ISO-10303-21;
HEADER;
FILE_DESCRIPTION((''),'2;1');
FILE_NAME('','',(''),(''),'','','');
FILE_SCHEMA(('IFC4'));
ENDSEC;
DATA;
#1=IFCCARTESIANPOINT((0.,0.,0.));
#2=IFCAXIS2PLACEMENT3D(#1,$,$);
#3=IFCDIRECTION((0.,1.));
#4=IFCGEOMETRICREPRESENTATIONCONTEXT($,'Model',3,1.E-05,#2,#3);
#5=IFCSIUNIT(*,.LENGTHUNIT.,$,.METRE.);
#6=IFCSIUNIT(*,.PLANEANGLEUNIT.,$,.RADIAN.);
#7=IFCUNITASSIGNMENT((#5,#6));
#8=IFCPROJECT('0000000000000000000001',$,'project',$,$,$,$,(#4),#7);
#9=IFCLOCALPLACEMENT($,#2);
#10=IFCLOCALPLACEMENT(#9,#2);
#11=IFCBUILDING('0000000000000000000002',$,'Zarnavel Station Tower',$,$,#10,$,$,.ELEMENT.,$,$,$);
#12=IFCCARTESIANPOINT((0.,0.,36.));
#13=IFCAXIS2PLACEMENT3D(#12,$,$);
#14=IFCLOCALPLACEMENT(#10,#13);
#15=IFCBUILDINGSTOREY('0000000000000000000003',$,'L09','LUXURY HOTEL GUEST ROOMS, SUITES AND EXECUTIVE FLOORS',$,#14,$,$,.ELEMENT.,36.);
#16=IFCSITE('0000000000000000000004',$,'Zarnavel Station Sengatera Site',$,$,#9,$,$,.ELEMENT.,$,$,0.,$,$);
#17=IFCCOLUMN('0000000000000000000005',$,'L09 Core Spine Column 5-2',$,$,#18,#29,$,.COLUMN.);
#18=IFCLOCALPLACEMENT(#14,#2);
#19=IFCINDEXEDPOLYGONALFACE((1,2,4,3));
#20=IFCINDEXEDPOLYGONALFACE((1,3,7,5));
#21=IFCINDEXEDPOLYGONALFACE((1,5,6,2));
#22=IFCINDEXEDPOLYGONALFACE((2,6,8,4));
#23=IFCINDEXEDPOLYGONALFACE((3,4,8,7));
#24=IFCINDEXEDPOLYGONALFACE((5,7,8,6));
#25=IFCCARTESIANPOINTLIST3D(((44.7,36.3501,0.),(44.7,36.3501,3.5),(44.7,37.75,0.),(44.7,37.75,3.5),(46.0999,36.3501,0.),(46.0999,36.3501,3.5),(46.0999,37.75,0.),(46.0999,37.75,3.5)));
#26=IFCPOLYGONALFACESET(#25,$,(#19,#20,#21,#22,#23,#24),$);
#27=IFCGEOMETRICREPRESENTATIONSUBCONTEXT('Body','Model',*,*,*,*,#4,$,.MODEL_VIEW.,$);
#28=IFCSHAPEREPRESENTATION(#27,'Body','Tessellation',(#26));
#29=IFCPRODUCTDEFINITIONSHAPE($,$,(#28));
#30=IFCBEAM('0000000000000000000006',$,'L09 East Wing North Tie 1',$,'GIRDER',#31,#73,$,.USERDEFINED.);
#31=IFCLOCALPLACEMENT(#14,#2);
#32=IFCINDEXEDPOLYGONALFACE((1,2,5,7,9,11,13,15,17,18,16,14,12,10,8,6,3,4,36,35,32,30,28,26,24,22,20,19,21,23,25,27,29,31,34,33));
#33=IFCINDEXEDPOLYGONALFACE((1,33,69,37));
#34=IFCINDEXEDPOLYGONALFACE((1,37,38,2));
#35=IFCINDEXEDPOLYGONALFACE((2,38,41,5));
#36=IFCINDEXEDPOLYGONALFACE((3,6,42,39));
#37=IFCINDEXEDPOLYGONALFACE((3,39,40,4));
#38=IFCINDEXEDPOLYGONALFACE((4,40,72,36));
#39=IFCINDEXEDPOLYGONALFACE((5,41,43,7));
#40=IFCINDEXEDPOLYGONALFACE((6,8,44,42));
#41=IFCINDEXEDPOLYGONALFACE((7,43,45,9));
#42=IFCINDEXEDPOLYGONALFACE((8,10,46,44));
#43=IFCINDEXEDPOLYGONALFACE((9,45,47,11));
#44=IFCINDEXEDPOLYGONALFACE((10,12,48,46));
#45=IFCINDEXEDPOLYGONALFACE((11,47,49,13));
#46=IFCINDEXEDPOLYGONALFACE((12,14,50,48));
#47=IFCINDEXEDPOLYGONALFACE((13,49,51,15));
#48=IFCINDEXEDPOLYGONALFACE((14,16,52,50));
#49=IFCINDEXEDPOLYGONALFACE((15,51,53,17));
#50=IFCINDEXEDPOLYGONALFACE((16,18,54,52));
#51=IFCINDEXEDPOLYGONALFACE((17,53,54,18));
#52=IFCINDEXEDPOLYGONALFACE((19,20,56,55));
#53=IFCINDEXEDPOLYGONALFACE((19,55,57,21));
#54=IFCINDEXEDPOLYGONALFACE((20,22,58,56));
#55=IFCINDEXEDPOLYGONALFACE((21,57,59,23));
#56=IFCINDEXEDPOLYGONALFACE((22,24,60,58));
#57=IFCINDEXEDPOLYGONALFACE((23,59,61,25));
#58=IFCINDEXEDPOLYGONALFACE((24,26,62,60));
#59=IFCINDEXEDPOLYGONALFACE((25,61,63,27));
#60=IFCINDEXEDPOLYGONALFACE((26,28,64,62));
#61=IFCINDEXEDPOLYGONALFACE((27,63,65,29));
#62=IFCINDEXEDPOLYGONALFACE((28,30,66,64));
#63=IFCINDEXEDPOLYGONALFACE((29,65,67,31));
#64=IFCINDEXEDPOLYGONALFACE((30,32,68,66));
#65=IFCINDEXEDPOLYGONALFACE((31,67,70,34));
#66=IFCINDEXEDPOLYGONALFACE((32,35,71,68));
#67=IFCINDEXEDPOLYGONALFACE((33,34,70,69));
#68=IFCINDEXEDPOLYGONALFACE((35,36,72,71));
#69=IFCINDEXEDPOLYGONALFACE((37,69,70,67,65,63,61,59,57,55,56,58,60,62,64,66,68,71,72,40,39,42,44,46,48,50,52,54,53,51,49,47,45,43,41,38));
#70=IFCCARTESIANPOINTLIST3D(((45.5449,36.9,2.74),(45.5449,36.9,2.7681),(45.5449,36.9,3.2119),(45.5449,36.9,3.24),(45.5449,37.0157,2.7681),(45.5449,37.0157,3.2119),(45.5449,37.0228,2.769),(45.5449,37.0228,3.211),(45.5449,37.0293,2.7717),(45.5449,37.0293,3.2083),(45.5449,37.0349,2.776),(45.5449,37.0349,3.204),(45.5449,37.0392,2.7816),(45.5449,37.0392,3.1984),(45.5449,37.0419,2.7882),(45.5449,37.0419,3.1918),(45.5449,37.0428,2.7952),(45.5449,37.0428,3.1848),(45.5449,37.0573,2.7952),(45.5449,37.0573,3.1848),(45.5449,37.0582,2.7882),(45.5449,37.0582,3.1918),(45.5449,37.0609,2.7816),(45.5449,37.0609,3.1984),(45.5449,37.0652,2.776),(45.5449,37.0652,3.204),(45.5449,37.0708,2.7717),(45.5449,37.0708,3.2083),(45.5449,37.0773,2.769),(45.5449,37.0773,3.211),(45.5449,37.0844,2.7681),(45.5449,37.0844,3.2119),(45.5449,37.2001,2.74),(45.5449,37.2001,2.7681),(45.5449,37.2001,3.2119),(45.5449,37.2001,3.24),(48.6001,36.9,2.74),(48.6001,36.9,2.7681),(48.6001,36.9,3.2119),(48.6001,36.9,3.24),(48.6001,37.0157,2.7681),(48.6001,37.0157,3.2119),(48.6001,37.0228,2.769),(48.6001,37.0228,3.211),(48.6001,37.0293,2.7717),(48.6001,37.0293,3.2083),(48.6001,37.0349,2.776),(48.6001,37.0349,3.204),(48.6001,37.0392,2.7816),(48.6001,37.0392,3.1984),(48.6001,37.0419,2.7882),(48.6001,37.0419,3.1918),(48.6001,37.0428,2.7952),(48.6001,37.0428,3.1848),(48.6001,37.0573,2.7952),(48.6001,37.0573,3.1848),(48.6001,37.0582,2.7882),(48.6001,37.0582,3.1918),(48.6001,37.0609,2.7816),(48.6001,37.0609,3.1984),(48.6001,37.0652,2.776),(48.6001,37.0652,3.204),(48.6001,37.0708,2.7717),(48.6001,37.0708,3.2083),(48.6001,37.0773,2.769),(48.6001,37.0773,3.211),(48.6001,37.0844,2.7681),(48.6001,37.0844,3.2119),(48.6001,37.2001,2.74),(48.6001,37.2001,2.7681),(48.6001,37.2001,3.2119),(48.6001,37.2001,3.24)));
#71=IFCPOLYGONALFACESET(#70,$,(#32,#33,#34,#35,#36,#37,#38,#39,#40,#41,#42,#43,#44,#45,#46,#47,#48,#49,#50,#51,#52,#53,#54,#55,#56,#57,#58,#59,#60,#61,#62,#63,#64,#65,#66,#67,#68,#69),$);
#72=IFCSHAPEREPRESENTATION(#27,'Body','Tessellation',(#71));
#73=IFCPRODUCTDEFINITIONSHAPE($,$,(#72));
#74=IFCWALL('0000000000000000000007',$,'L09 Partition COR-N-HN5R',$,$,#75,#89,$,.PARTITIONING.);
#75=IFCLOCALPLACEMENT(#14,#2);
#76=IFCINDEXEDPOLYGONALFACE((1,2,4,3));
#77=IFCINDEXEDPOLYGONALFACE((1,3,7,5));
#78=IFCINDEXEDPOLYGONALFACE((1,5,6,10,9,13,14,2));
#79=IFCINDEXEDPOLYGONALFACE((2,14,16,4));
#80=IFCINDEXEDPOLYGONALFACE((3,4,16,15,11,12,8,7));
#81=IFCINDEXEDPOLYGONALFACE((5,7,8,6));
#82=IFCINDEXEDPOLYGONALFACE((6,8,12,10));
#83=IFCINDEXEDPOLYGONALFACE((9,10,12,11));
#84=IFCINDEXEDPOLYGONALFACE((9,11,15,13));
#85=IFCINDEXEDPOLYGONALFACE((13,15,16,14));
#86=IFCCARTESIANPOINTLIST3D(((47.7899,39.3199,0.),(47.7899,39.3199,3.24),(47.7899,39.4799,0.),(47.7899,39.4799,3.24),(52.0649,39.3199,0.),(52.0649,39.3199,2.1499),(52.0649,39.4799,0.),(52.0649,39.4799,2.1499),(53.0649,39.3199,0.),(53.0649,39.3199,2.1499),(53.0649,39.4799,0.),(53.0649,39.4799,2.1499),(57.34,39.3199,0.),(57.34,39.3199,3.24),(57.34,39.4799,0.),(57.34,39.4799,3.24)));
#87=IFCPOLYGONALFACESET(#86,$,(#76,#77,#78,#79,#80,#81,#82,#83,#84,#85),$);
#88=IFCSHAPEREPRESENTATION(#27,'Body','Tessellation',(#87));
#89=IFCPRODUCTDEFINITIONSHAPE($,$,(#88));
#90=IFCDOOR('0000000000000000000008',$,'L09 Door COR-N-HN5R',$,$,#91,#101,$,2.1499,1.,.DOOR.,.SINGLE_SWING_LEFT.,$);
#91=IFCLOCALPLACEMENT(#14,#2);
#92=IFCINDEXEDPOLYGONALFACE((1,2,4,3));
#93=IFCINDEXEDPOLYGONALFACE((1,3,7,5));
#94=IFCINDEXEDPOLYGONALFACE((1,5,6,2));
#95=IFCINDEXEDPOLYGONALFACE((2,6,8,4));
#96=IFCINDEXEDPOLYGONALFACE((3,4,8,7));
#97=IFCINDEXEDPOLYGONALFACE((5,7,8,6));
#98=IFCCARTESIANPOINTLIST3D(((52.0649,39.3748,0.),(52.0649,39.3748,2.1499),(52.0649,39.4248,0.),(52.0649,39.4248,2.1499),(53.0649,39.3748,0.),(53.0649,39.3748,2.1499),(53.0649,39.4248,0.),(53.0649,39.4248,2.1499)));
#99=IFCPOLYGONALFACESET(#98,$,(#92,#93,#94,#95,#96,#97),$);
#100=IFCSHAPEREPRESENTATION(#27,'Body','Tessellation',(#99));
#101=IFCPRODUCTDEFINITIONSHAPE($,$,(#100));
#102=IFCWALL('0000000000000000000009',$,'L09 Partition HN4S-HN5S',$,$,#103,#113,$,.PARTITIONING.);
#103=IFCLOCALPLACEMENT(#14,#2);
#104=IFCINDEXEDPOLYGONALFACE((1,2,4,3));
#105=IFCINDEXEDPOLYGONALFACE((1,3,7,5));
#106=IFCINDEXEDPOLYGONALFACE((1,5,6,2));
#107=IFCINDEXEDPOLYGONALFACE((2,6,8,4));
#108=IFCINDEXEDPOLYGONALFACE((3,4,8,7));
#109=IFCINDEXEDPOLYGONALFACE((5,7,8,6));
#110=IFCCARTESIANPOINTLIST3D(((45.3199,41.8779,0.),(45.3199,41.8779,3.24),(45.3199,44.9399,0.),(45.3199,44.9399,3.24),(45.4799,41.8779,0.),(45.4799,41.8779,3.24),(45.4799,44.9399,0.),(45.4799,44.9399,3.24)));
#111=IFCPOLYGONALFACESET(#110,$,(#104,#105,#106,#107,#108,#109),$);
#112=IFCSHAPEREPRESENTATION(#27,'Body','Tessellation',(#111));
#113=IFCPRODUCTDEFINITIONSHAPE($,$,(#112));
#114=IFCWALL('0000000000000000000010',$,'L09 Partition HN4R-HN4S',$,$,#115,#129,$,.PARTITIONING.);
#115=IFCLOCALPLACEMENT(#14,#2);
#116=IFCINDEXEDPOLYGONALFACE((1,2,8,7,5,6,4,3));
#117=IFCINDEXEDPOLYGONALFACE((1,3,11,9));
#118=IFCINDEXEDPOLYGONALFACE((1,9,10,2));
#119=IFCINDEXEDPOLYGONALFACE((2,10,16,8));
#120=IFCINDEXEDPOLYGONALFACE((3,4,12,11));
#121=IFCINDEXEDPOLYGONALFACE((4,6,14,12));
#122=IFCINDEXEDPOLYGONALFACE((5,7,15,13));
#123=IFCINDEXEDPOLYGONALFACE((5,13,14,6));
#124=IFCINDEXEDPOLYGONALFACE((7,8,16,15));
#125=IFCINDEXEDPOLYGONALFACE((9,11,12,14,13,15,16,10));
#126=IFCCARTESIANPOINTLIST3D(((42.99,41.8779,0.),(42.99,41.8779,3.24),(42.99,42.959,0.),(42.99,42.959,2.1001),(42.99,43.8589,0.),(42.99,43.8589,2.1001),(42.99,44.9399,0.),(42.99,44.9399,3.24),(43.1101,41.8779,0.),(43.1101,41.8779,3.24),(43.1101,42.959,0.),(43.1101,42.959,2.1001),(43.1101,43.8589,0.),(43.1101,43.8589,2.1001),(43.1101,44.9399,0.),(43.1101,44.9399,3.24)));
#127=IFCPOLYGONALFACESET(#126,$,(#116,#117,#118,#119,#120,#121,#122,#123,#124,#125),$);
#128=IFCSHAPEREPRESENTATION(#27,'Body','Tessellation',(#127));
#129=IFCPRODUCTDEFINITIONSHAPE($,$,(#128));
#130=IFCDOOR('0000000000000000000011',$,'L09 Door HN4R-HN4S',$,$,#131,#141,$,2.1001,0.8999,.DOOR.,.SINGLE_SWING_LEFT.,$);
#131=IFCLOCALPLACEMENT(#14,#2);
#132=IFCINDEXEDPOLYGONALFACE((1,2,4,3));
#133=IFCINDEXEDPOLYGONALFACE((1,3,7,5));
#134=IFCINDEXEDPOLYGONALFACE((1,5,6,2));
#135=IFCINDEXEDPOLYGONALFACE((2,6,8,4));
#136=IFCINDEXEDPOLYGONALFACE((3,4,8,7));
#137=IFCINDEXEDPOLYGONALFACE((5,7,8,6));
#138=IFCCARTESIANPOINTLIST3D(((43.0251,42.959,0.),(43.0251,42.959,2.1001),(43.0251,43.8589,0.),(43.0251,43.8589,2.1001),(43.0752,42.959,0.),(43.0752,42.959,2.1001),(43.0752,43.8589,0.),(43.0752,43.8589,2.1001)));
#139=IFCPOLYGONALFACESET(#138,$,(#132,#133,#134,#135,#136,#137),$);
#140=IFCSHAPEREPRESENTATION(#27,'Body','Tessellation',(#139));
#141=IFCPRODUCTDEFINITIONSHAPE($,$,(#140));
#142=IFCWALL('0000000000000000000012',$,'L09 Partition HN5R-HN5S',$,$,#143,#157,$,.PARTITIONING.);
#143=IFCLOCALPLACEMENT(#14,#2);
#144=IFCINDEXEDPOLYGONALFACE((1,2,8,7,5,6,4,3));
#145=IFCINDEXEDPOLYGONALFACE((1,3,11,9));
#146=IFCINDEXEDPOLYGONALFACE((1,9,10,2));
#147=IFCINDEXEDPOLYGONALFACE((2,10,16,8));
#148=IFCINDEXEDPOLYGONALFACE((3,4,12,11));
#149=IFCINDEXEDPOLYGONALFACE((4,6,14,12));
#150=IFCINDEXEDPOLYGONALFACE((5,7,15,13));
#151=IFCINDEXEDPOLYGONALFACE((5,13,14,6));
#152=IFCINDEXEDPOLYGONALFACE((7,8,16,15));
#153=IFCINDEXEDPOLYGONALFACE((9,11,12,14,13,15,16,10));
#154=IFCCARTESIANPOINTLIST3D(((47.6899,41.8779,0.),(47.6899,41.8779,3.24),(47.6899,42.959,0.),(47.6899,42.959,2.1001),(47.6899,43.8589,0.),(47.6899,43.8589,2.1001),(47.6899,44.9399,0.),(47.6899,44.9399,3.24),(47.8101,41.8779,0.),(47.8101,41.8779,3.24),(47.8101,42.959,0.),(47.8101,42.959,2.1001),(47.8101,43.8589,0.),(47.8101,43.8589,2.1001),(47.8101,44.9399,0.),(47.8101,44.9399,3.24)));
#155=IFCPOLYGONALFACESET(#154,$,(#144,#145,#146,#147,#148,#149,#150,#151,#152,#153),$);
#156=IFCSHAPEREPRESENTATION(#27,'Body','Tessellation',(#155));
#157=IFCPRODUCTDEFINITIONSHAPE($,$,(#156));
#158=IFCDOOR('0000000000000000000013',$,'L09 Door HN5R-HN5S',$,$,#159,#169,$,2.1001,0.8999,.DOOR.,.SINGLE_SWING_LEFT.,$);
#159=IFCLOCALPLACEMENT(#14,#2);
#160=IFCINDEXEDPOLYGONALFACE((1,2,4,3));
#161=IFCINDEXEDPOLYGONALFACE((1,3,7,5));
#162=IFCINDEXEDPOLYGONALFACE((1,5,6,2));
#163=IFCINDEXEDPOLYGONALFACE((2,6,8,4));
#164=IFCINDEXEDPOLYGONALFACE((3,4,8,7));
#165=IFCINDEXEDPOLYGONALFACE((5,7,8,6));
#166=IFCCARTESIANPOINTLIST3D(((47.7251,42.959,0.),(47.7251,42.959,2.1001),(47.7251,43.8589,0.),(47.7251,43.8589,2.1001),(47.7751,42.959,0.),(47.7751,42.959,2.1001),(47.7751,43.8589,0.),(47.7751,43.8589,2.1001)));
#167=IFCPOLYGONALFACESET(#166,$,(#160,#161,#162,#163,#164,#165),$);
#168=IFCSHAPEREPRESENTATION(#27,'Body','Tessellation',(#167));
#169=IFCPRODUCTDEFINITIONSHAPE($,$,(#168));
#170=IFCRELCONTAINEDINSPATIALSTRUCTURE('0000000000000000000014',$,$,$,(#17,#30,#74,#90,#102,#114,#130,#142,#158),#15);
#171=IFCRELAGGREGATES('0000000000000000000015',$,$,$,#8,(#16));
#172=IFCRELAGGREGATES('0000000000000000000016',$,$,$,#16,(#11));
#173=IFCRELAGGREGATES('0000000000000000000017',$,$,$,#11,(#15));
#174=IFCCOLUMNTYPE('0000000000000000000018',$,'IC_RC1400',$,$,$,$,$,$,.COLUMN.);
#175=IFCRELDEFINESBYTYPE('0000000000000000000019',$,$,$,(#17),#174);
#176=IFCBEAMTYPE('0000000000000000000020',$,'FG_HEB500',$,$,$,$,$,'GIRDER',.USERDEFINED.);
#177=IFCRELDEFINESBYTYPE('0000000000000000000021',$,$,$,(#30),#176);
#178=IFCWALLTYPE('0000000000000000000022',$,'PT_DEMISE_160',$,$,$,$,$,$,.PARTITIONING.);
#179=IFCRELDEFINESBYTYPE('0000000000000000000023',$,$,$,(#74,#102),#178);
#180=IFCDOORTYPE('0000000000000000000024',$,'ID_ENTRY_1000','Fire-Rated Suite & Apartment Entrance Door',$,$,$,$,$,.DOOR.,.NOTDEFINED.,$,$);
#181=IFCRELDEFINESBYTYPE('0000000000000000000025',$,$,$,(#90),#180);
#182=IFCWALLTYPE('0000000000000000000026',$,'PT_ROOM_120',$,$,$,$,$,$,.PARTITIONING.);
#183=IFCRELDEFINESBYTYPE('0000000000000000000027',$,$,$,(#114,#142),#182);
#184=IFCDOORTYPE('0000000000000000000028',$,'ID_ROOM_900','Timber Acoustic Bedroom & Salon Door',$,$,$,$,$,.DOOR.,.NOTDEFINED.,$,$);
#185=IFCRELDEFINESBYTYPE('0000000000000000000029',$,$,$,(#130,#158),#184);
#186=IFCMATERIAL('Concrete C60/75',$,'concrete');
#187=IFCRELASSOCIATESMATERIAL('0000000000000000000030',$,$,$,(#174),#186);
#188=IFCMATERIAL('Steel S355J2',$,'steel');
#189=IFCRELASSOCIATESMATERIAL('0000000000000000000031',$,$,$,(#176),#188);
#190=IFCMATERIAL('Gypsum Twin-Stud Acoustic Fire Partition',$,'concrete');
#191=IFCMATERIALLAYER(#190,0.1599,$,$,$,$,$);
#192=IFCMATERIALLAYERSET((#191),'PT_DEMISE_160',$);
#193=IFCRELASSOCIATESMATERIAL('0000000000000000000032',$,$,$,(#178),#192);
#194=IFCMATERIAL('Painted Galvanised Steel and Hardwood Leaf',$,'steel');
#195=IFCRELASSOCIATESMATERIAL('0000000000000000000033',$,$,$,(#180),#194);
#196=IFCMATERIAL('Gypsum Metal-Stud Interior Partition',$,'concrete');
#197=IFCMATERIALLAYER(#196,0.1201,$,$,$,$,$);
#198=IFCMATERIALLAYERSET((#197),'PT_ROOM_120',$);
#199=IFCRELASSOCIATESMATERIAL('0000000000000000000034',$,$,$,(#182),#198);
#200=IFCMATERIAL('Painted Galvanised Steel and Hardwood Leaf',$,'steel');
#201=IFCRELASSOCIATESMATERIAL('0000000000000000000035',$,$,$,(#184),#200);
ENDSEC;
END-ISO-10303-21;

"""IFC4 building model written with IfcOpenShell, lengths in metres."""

from ifc_helpers import new_model, si_unit, direction, frame, frame_2d, origin, origin_2d, place, context, subcontext, project, spatial, rectangle, i_section, extrude, material, layer, layer_set, material_profile, profile_set, type_object, element, fill, save


model = new_model("IFC4")

# Units and contexts
model_context = context("Model", 3, precision=1e-05, world=origin(), true_north=direction((0.0, 1.0)))
body_context = subcontext(model_context, "Body", "Model", "MODEL_VIEW")
ifc_project = project(units=[si_unit("LENGTHUNIT", "METRE"), si_unit("PLANEANGLEUNIT", "RADIAN")], contexts=[model_context])

# Site, building, storey
site_placement = place(None, origin())
site = spatial("IfcSite", under=ifc_project, at=site_placement, Name="Zarnavel Station Sengatera Site", CompositionType="ELEMENT", RefElevation=0.0)
building_placement = place(site_placement, origin())
building = spatial("IfcBuilding", under=site, at=building_placement, Name="Zarnavel Station Tower", CompositionType="ELEMENT")
storey_placement = place(building_placement, frame((0.0, 0.0, 36.0)))
storey = spatial("IfcBuildingStorey", under=building, at=storey_placement, Name="L09", Description="LUXURY HOTEL GUEST ROOMS, SUITES AND EXECUTIVE FLOORS", CompositionType="ELEMENT", Elevation=36.0)

# Column
ifc_material_1 = material(Name="Concrete C60/75", Category="concrete")
ifc_material_profile_1 = material_profile(ifc_material_1, rectangle(XDim=1.3999, YDim=1.3999, at=origin_2d()), Name="RC1400x1400")
ifc_profile_set_1 = profile_set([ifc_material_profile_1], Name="Concrete C60/75")
column_type = type_object("IfcColumnType", Name="IC_RC1400", PredefinedType="COLUMN", material=ifc_profile_set_1)
column_placement = place(storey_placement, frame((45.3999, 37.05, 0.0), z_axis=(0.0, 0.0, 1.0), x_axis=(1.0, 0.0, 0.0)))
element("IfcColumn", 1, at=column_placement, inside=storey, type_object=column_type, Name="L09 Core Spine Column 5-2", PredefinedType="COLUMN", context=body_context, shape_type="SweptSolid", body=[
    extrude(rectangle(XDim=1.3999, YDim=1.3999, at=origin_2d()), origin(), (0.0, 0.0, 1.0), 3.5),
])

# Beam
ifc_material_2 = material(Name="Steel S355J2", Category="steel")
ifc_material_profile_2 = material_profile(ifc_material_2, i_section(OverallWidth=0.3, OverallDepth=0.5, WebThickness=0.0144, FlangeThickness=0.0281, FilletRadius=0.0271, at=origin_2d()), Name="HEB500")
ifc_profile_set_2 = profile_set([ifc_material_profile_2], Name="Steel S355J2")
beam_type = type_object("IfcBeamType", Name="FG_HEB500", ElementType="GIRDER", PredefinedType="USERDEFINED", material=ifc_profile_set_2)
beam_placement = place(storey_placement, frame((45.5449, 37.05, 2.99), z_axis=(1.0, 0.0, 0.0), x_axis=(0.0, 1.0, 0.0)))
element("IfcBeam", 2, at=beam_placement, inside=storey, type_object=beam_type, Name="L09 East Wing North Tie 1", ObjectType="GIRDER", PredefinedType="USERDEFINED", context=body_context, shape_type="SweptSolid", body=[
    extrude(i_section(OverallWidth=0.3, OverallDepth=0.5, WebThickness=0.0144, FlangeThickness=0.0281, FilletRadius=0.0271, at=origin_2d()), origin(), (0.0, 0.0, 1.0), 3.0552),
])

# Wall, opening, door
ifc_material_3 = material(Name="Gypsum Twin-Stud Acoustic Fire Partition", Category="concrete")
ifc_layer_1 = layer(ifc_material_3, 0.1599)
ifc_layer_set_1 = layer_set([ifc_layer_1], Name="PT_DEMISE_160")
wall_type_1 = type_object("IfcWallType", Name="PT_DEMISE_160", PredefinedType="PARTITIONING", material=ifc_layer_set_1)
wall_1_placement = place(storey_placement, frame((47.79, 39.3999, 0.0), z_axis=(0.0, 0.0, 1.0), x_axis=(1.0, 0.0, 0.0)))
wall_1 = element("IfcWall", 3, at=wall_1_placement, inside=storey, type_object=wall_type_1, Name="L09 Partition COR-N-HN5R", PredefinedType="PARTITIONING", context=body_context, shape_type="SweptSolid", body=[
    extrude(rectangle(XDim=9.55, YDim=0.1599, at=frame_2d((4.7749, 0.0))), origin(), (0.0, 0.0, 1.0), 3.24),
])
opening_1_placement = place(wall_1_placement, frame((4.2749, 0.0, 0.0)))
opening_1 = element("IfcOpeningElement", 4, at=opening_1_placement, cuts=wall_1, PredefinedType="OPENING", context=body_context, shape_type="SweptSolid", body=[
    extrude(rectangle(XDim=1.0, YDim=2.1499, at=frame_2d((0.5, 1.075))), frame((0.0, 0.0898, 0.0), z_axis=(0.0, -1.0, 0.0), x_axis=(1.0, 0.0, 0.0)), (0.0, 0.0, 1.0), 0.1799),
])
ifc_material_4 = material(Name="Painted Galvanised Steel and Hardwood Leaf", Category="steel")
door_type_1 = type_object("IfcDoorType", Name="ID_ENTRY_1000", Description="Fire-Rated Suite & Apartment Entrance Door", OperationType="NOTDEFINED", PredefinedType="DOOR", material=ifc_material_4)
door_1_placement = place(opening_1_placement, origin())
door_1 = element("IfcDoor", 5, at=door_1_placement, inside=storey, type_object=door_type_1, Name="L09 Door COR-N-HN5R", OperationType="SINGLE_SWING_LEFT", OverallHeight=2.1499, OverallWidth=1.0, PredefinedType="DOOR", context=body_context, shape_type="SweptSolid", body=[
    extrude(rectangle(XDim=1.0, YDim=2.1499, at=frame_2d((0.5, 1.075))), frame((0.0, 0.0249, 0.0), z_axis=(0.0, -1.0, 0.0), x_axis=(1.0, 0.0, 0.0)), (0.0, 0.0, 1.0), 0.05),
])
fill(opening_1, door_1)

# Wall
wall_2_placement = place(storey_placement, frame((45.3999, 41.8779, 0.0), z_axis=(0.0, 0.0, 1.0), x_axis=(0.0, 1.0, 0.0)))
element("IfcWall", 6, at=wall_2_placement, inside=storey, type_object=wall_type_1, Name="L09 Partition HN4S-HN5S", PredefinedType="PARTITIONING", context=body_context, shape_type="SweptSolid", body=[
    extrude(rectangle(XDim=3.062, YDim=0.1599, at=frame_2d((1.531, 0.0))), origin(), (0.0, 0.0, 1.0), 3.24),
])

# Walls, openings, doors
ifc_material_5 = material(Name="Gypsum Metal-Stud Interior Partition", Category="concrete")
ifc_layer_2 = layer(ifc_material_5, 0.1201)
ifc_layer_set_2 = layer_set([ifc_layer_2], Name="PT_ROOM_120")
wall_type_2 = type_object("IfcWallType", Name="PT_ROOM_120", PredefinedType="PARTITIONING", material=ifc_layer_set_2)
wall_3_placement = place(storey_placement, frame((43.05, 41.8779, 0.0), z_axis=(0.0, 0.0, 1.0), x_axis=(0.0, 1.0, 0.0)))
wall_3 = element("IfcWall", 7, at=wall_3_placement, inside=storey, type_object=wall_type_2, Name="L09 Partition HN4R-HN4S", PredefinedType="PARTITIONING", context=body_context, shape_type="SweptSolid", body=[
    extrude(rectangle(XDim=3.062, YDim=0.1201, at=frame_2d((1.531, 0.0))), origin(), (0.0, 0.0, 1.0), 3.24),
])
opening_2_placement = place(wall_3_placement, frame((1.0811, 0.0, 0.0)))
opening_2 = element("IfcOpeningElement", 8, at=opening_2_placement, cuts=wall_3, PredefinedType="OPENING", context=body_context, shape_type="SweptSolid", body=[
    extrude(rectangle(XDim=0.8999, YDim=2.1001, at=frame_2d((0.45, 1.05))), frame((0.0, 0.0701, 0.0), z_axis=(0.0, -1.0, 0.0), x_axis=(1.0, 0.0, 0.0)), (0.0, 0.0, 1.0), 0.1401),
])
ifc_material_6 = material(Name="Painted Galvanised Steel and Hardwood Leaf", Category="steel")
door_type_2 = type_object("IfcDoorType", Name="ID_ROOM_900", Description="Timber Acoustic Bedroom & Salon Door", OperationType="NOTDEFINED", PredefinedType="DOOR", material=ifc_material_6)
door_2_placement = place(opening_2_placement, origin())
door_2 = element("IfcDoor", 9, at=door_2_placement, inside=storey, type_object=door_type_2, Name="L09 Door HN4R-HN4S", OperationType="SINGLE_SWING_LEFT", OverallHeight=2.1001, OverallWidth=0.8999, PredefinedType="DOOR", context=body_context, shape_type="SweptSolid", body=[
    extrude(rectangle(XDim=0.8999, YDim=2.1001, at=frame_2d((0.45, 1.05))), frame((0.0, 0.0249, 0.0), z_axis=(0.0, -1.0, 0.0), x_axis=(1.0, 0.0, 0.0)), (0.0, 0.0, 1.0), 0.05),
])
fill(opening_2, door_2)
wall_4_placement = place(storey_placement, frame((47.75, 41.8779, 0.0), z_axis=(0.0, 0.0, 1.0), x_axis=(0.0, 1.0, 0.0)))
wall_4 = element("IfcWall", 10, at=wall_4_placement, inside=storey, type_object=wall_type_2, Name="L09 Partition HN5R-HN5S", PredefinedType="PARTITIONING", context=body_context, shape_type="SweptSolid", body=[
    extrude(rectangle(XDim=3.062, YDim=0.1201, at=frame_2d((1.531, 0.0))), origin(), (0.0, 0.0, 1.0), 3.24),
])
opening_3_placement = place(wall_4_placement, frame((1.0811, 0.0, 0.0)))
opening_3 = element("IfcOpeningElement", 11, at=opening_3_placement, cuts=wall_4, PredefinedType="OPENING", context=body_context, shape_type="SweptSolid", body=[
    extrude(rectangle(XDim=0.8999, YDim=2.1001, at=frame_2d((0.45, 1.05))), frame((0.0, 0.0701, 0.0), z_axis=(0.0, -1.0, 0.0), x_axis=(1.0, 0.0, 0.0)), (0.0, 0.0, 1.0), 0.1401),
])
door_3_placement = place(opening_3_placement, origin())
door_3 = element("IfcDoor", 12, at=door_3_placement, inside=storey, type_object=door_type_2, Name="L09 Door HN5R-HN5S", OperationType="SINGLE_SWING_LEFT", OverallHeight=2.1001, OverallWidth=0.8999, PredefinedType="DOOR", context=body_context, shape_type="SweptSolid", body=[
    extrude(rectangle(XDim=0.8999, YDim=2.1001, at=frame_2d((0.45, 1.05))), frame((0.0, 0.0249, 0.0), z_axis=(0.0, -1.0, 0.0), x_axis=(1.0, 0.0, 0.0)), (0.0, 0.0, 1.0), 0.05),
])
fill(opening_3, door_3)

save(model, "model.ifc")
